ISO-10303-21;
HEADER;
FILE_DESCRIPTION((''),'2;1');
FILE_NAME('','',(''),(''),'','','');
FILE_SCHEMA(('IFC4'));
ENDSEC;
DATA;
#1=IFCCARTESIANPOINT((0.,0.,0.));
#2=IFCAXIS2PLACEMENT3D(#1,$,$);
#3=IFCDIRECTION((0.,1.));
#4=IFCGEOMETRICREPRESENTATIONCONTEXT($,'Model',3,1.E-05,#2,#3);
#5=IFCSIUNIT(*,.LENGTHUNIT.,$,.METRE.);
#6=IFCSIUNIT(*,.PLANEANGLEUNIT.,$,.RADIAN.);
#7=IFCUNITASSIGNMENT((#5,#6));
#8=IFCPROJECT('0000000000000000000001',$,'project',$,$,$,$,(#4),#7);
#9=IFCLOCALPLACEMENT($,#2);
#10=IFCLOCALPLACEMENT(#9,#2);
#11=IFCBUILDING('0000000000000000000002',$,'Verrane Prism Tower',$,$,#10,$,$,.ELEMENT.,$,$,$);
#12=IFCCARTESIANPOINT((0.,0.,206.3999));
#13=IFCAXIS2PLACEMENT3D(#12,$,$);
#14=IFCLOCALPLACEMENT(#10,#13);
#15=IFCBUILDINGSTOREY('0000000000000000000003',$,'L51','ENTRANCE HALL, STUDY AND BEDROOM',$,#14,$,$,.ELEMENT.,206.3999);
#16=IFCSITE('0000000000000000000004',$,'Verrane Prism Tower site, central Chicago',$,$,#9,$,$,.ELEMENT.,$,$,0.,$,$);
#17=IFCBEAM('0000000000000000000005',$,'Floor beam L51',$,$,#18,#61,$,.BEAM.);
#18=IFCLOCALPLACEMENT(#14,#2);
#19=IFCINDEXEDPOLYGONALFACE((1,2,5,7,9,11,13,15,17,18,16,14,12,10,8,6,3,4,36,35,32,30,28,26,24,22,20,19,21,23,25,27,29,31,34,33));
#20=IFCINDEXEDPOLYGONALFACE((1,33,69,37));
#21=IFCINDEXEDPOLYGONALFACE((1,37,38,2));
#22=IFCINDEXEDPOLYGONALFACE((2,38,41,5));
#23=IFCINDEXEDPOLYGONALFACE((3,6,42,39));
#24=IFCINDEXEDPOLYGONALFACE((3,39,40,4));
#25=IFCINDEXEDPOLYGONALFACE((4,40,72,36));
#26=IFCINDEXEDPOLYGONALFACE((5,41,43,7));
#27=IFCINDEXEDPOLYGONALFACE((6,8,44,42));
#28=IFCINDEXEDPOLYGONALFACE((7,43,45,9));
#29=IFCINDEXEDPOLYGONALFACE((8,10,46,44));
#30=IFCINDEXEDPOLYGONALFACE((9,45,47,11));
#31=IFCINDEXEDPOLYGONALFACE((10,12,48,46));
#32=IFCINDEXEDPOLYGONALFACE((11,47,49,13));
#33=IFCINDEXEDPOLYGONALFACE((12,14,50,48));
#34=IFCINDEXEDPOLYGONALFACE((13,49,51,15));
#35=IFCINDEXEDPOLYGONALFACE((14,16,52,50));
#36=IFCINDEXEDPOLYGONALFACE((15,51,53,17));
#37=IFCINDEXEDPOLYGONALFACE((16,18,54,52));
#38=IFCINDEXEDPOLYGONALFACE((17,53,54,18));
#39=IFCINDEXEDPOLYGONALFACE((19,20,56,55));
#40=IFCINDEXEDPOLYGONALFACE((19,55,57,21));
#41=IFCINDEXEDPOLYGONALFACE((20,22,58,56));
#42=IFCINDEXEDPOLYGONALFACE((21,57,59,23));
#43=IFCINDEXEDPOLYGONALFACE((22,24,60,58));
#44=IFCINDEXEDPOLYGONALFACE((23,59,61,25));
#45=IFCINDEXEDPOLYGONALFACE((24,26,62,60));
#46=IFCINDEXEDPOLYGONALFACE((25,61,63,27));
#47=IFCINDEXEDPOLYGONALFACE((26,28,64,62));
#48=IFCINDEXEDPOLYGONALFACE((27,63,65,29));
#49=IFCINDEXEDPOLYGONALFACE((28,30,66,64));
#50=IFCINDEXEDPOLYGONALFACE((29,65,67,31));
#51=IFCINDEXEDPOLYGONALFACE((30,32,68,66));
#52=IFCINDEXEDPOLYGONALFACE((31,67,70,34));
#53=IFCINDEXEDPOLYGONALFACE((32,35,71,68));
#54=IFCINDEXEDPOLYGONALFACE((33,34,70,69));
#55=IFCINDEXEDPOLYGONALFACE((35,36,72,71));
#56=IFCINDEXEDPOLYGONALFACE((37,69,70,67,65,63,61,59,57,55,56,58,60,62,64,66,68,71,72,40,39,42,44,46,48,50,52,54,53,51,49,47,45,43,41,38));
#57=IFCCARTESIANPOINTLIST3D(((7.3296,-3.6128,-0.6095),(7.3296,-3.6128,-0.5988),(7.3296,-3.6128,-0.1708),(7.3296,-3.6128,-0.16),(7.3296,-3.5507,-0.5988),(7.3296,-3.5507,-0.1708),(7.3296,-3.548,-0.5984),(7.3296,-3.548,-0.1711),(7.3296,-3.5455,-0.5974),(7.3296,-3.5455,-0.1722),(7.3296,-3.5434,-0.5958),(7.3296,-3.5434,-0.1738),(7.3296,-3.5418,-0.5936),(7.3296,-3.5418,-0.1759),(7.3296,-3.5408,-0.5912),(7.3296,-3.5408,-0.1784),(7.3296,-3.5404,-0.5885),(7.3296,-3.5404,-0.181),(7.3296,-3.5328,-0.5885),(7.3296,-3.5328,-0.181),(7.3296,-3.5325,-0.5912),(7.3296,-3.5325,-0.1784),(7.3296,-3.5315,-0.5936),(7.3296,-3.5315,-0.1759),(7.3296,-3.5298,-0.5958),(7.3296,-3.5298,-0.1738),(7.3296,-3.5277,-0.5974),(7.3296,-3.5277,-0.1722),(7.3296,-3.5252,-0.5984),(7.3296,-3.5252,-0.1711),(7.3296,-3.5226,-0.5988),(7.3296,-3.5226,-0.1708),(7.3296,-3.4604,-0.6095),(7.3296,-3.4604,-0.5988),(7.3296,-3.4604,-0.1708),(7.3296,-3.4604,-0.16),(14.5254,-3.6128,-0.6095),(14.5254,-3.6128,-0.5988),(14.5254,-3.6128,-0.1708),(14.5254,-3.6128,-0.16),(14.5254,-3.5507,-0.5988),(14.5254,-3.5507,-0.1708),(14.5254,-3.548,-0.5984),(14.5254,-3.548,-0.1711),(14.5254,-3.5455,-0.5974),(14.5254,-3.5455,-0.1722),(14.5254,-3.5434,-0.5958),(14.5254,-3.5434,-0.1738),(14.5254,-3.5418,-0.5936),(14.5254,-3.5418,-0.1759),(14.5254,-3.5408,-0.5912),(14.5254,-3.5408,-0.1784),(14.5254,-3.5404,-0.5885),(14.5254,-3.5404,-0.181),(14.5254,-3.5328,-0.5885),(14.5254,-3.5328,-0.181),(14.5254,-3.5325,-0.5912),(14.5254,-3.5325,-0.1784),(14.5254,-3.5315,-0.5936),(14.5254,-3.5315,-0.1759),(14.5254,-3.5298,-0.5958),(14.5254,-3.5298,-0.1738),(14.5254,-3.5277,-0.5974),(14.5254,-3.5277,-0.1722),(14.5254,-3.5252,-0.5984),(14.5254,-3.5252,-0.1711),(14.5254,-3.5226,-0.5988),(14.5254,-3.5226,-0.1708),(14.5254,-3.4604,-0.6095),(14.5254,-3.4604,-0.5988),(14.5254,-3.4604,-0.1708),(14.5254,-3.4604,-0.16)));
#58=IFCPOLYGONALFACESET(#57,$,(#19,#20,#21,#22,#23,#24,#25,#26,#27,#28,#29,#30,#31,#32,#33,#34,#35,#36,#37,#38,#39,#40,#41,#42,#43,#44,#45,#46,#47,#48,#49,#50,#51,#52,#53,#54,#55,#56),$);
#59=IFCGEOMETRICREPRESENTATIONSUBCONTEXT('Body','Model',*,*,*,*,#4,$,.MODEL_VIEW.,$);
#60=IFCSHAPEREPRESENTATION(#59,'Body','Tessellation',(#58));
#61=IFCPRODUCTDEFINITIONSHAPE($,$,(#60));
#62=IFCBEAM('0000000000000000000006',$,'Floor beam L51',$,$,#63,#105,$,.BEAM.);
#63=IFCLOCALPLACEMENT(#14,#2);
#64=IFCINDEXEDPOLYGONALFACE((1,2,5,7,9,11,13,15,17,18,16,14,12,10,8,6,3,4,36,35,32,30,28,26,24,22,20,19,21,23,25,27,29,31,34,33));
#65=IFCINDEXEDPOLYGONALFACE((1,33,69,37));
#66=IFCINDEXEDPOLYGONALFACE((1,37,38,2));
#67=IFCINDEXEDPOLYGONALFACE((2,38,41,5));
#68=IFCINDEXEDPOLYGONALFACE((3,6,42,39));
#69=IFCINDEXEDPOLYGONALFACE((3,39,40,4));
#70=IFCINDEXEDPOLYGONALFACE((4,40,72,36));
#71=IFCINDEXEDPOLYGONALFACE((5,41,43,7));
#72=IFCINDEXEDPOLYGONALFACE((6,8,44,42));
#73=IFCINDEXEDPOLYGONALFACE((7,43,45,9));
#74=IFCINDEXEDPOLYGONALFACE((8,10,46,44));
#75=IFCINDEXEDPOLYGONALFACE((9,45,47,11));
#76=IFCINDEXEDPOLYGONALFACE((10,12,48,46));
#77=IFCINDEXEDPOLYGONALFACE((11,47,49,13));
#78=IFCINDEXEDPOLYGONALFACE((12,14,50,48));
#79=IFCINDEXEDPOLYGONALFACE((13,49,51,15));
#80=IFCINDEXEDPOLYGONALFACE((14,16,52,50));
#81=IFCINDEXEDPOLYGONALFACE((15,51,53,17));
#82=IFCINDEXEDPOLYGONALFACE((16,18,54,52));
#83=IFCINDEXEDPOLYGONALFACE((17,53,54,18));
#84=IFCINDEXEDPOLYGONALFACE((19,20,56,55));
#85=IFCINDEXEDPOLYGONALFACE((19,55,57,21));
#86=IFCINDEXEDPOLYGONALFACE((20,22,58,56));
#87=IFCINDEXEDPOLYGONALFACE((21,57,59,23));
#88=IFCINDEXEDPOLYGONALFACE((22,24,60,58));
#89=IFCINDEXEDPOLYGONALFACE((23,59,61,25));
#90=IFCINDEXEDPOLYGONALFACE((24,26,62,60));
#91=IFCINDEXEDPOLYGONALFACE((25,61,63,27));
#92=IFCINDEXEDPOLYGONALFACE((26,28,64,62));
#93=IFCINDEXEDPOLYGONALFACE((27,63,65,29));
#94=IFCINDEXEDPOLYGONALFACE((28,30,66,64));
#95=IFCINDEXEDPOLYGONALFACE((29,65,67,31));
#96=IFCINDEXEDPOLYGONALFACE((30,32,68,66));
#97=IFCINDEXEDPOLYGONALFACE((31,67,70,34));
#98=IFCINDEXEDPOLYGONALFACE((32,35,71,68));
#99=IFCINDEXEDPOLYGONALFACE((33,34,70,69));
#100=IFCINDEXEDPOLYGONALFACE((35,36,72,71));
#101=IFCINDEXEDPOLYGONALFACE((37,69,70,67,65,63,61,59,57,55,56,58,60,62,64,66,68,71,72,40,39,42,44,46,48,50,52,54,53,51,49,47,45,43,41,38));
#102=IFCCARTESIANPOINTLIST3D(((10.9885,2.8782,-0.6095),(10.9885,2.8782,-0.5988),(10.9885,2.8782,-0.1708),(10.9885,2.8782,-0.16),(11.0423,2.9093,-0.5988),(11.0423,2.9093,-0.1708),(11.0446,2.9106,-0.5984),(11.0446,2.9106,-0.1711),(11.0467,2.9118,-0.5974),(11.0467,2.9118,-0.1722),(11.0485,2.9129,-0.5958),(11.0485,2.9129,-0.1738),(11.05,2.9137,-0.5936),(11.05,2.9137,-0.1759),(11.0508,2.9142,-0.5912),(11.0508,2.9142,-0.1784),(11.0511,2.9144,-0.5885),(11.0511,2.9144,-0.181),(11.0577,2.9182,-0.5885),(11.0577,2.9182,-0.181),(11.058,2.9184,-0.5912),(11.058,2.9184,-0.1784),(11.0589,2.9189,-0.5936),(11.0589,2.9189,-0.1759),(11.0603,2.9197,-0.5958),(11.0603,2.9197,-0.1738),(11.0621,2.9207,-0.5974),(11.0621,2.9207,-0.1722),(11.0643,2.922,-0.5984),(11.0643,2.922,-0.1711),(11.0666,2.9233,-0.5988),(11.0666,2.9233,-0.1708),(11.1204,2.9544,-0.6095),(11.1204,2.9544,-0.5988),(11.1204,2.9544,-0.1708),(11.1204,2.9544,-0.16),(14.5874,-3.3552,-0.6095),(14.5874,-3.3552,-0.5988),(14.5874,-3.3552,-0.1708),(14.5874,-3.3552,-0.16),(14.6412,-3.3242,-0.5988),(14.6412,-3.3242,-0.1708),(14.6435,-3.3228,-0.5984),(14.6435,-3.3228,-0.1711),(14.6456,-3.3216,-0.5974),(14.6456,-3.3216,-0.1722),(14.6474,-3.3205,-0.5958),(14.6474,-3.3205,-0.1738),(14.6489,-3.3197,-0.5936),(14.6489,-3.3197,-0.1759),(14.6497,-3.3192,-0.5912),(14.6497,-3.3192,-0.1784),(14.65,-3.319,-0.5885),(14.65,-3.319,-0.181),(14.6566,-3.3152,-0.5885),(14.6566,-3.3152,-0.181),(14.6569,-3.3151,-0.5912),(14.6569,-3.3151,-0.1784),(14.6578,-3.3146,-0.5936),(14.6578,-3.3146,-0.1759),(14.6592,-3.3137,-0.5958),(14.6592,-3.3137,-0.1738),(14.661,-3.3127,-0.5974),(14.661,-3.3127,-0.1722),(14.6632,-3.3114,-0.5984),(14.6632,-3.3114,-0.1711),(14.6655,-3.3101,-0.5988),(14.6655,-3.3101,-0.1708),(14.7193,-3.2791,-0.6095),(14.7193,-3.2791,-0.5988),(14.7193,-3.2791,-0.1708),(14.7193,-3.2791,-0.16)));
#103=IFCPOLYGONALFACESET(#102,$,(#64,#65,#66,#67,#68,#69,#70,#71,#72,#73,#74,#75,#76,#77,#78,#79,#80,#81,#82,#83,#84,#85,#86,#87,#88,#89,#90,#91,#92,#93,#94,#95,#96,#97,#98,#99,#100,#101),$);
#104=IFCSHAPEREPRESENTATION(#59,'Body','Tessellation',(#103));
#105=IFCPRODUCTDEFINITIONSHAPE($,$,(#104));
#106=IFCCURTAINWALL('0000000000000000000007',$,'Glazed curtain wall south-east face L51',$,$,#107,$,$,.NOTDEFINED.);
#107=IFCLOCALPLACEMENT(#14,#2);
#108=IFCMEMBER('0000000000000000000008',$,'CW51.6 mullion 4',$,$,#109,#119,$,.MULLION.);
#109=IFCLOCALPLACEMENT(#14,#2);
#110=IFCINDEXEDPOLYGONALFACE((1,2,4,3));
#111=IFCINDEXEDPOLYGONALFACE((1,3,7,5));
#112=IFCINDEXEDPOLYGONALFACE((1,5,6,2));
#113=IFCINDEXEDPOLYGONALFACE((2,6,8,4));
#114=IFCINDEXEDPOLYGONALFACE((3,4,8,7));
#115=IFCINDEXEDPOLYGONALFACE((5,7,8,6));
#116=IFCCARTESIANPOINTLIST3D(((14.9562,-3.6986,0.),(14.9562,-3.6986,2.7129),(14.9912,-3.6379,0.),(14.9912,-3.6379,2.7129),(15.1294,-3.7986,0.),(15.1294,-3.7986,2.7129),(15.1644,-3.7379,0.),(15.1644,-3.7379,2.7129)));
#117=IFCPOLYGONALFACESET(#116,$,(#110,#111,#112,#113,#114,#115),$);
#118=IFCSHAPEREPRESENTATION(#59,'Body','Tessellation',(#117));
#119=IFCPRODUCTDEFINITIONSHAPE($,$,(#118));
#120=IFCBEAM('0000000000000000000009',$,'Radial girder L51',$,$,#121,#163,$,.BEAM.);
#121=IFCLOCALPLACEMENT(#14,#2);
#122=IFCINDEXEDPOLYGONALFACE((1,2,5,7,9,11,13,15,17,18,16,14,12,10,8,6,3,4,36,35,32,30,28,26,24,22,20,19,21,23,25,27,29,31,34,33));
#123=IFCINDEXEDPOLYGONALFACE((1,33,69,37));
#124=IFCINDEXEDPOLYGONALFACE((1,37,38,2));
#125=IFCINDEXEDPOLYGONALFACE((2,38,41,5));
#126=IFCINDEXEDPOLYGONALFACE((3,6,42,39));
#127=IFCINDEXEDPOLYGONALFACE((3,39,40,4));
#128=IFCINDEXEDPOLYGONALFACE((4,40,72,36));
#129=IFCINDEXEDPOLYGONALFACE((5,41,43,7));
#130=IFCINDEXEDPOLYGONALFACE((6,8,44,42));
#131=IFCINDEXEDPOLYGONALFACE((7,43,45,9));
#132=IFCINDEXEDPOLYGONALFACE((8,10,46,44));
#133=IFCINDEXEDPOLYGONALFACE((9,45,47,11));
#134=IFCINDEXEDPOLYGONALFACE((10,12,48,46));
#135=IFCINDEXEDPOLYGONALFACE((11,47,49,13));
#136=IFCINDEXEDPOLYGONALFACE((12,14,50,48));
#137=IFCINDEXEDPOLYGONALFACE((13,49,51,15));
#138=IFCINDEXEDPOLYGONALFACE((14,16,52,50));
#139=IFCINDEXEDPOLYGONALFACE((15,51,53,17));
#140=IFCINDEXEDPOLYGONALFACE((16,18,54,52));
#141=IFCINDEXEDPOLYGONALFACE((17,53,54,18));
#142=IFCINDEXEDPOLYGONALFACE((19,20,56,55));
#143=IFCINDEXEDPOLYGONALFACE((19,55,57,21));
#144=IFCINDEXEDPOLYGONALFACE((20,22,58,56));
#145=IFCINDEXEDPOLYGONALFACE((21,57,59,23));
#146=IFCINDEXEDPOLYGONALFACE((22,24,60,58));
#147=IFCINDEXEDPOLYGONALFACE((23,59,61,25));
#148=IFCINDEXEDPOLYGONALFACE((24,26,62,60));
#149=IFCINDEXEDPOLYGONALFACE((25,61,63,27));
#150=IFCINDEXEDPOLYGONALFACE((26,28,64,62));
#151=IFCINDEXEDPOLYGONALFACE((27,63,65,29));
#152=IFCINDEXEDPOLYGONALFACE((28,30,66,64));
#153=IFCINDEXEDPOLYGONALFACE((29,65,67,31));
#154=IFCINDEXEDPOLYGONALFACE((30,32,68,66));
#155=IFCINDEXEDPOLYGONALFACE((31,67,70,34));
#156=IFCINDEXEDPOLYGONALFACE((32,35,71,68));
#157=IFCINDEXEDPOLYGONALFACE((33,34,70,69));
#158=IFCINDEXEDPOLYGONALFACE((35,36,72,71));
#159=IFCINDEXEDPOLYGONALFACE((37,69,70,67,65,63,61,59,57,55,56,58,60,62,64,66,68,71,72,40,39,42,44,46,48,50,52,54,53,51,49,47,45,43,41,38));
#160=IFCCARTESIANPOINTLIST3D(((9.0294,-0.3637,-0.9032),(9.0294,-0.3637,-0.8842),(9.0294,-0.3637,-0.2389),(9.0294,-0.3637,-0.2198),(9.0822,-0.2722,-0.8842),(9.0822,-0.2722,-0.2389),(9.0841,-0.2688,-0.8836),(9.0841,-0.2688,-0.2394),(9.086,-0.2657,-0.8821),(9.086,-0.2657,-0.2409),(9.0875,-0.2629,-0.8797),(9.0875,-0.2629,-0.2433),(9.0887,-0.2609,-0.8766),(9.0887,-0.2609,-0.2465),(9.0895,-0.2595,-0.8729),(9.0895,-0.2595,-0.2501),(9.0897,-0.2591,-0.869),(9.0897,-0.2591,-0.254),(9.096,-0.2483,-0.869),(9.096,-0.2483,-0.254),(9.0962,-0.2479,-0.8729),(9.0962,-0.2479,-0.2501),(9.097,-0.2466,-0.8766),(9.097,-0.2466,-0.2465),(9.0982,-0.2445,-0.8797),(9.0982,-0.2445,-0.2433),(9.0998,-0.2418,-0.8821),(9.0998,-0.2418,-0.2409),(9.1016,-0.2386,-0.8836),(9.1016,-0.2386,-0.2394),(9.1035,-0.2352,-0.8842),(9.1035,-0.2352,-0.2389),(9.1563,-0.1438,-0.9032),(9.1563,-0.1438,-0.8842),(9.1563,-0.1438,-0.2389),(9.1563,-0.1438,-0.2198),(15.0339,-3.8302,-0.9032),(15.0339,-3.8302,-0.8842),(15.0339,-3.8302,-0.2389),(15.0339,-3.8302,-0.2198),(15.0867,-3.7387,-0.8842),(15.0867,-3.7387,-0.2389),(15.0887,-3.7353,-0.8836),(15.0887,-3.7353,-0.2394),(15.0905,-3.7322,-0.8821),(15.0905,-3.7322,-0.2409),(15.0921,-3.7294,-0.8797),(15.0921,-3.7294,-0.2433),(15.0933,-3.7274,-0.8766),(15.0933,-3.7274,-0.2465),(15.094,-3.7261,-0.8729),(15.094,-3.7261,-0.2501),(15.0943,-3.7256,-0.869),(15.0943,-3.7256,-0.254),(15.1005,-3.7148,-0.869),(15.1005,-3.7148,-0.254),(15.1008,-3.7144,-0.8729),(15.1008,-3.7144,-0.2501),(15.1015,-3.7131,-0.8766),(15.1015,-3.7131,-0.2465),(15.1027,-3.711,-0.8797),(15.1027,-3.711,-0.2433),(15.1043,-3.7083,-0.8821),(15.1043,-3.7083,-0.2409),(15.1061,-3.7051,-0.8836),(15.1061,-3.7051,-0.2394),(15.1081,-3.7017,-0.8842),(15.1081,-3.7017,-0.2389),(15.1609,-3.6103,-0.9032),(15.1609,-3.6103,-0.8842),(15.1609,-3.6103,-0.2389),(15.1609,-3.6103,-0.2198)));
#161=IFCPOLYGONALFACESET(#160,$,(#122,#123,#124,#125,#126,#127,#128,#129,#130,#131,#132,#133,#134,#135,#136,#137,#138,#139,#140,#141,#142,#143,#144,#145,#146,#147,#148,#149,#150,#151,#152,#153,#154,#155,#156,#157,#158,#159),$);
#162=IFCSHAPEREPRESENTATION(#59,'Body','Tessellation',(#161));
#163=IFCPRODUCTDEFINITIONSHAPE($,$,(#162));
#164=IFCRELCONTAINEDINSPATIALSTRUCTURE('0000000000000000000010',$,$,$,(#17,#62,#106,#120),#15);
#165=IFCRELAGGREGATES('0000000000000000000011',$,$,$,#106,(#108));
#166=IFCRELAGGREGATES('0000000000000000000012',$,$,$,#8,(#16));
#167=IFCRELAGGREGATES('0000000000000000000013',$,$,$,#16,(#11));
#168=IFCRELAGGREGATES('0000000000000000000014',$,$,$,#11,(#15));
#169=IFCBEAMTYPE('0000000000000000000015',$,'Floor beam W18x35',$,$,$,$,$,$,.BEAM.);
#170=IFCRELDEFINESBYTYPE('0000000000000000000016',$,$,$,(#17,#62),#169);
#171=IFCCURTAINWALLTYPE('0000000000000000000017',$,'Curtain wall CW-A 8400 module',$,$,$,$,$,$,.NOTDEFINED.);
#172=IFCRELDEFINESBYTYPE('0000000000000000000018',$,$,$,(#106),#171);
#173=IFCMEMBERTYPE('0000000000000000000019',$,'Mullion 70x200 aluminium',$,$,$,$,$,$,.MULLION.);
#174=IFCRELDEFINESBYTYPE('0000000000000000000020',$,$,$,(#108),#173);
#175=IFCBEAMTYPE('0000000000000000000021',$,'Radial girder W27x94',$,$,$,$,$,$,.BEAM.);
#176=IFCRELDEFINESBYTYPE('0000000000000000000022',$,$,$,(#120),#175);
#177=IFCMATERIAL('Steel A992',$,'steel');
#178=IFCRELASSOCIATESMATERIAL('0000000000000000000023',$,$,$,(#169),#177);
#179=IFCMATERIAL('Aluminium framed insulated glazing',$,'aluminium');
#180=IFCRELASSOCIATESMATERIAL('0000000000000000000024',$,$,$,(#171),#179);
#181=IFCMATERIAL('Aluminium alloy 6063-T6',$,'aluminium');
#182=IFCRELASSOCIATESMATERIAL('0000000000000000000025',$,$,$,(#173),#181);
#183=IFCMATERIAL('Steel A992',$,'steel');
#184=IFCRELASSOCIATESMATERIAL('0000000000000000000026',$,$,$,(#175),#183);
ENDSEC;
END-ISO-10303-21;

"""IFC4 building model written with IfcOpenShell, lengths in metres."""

from ifc_helpers import new_model, si_unit, direction, frame, origin, origin_2d, place, context, subcontext, project, spatial, rectangle, i_section, extrude, material, material_profile, profile_set, type_object, element, aggregate, save


model = new_model("IFC4")

# Units and contexts
model_context = context("Model", 3, precision=1e-05, world=origin(), true_north=direction((0.0, 1.0)))
body_context = subcontext(model_context, "Body", "Model", "MODEL_VIEW")
ifc_project = project(units=[si_unit("LENGTHUNIT", "METRE"), si_unit("PLANEANGLEUNIT", "RADIAN")], contexts=[model_context])

# Site, building, storey
site_placement = place(None, origin())
site = spatial("IfcSite", under=ifc_project, at=site_placement, Name="Verrane Prism Tower site, central Chicago", CompositionType="ELEMENT", RefElevation=0.0)
building_placement = place(site_placement, origin())
building = spatial("IfcBuilding", under=site, at=building_placement, Name="Verrane Prism Tower", CompositionType="ELEMENT")
storey_placement = place(building_placement, frame((0.0, 0.0, 206.3999)))
storey = spatial("IfcBuildingStorey", under=building, at=storey_placement, Name="L51", Description="ENTRANCE HALL, STUDY AND BEDROOM", CompositionType="ELEMENT", Elevation=206.3999)

# Beams
ifc_material_1 = material(Name="Steel A992", Category="steel")
ifc_material_profile_1 = material_profile(ifc_material_1, i_section(OverallWidth=0.1523, OverallDepth=0.4495, WebThickness=0.0076, FlangeThickness=0.0107, FilletRadius=0.0103, at=origin_2d()), Name="W18x35")
ifc_profile_set_1 = profile_set([ifc_material_profile_1], Name="Steel A992")
beam_type_1 = type_object("IfcBeamType", Name="Floor beam W18x35", PredefinedType="BEAM", material=ifc_profile_set_1)
beam_1_placement = place(storey_placement, frame((7.3296, -3.5366, -0.3848), z_axis=(1.0, 0.0, 0.0), x_axis=(0.0, 1.0, 0.0)))
element("IfcBeam", 1, at=beam_1_placement, inside=storey, type_object=beam_type_1, Name="Floor beam L51", PredefinedType="BEAM", context=body_context, shape_type="SweptSolid", body=[
    extrude(i_section(OverallWidth=0.1523, OverallDepth=0.4495, WebThickness=0.0076, FlangeThickness=0.0107, FilletRadius=0.0103, at=origin_2d()), origin(), (0.0, 0.0, 1.0), 7.1958),
])
beam_2_placement = place(storey_placement, frame((14.6533, -3.3171, -0.3848), z_axis=(-0.500002, 0.866024, 0.0), x_axis=(-0.866024, -0.500002, 0.0)))
element("IfcBeam", 2, at=beam_2_placement, inside=storey, type_object=beam_type_1, Name="Floor beam L51", PredefinedType="BEAM", context=body_context, shape_type="SweptSolid", body=[
    extrude(i_section(OverallWidth=0.1523, OverallDepth=0.4495, WebThickness=0.0076, FlangeThickness=0.0107, FilletRadius=0.0103, at=origin_2d()), origin(), (0.0, 0.0, 1.0), 7.1978),
])

# Curtain wall, member
ifc_material_2 = material(Name="Aluminium framed insulated glazing", Category="aluminium")
curtain_wall_type = type_object("IfcCurtainWallType", Name="Curtain wall CW-A 8400 module", PredefinedType="NOTDEFINED", material=ifc_material_2)
curtain_wall_placement = place(storey_placement, origin())
curtain_wall = element("IfcCurtainWall", 3, at=curtain_wall_placement, inside=storey, type_object=curtain_wall_type, Name="Glazed curtain wall south-east face L51", PredefinedType="NOTDEFINED")
ifc_material_3 = material(Name="Aluminium alloy 6063-T6", Category="aluminium")
ifc_material_profile_2 = material_profile(ifc_material_3, rectangle(XDim=0.2, YDim=0.0701, at=origin_2d()), Name="Mullion 70x200 aluminium")
ifc_profile_set_2 = profile_set([ifc_material_profile_2], Name="Aluminium alloy 6063-T6")
member_type_1 = type_object("IfcMemberType", Name="Mullion 70x200 aluminium", PredefinedType="MULLION", material=ifc_profile_set_2)
member_1_placement = place(storey_placement, frame((15.0603, -3.7183, 0.0), z_axis=(0.0, 0.0, 1.0), x_axis=(-0.866026, 0.499999, 0.0)))
member_1 = element("IfcMember", 4, at=member_1_placement, type_object=member_type_1, Name="CW51.6 mullion 4", PredefinedType="MULLION", context=body_context, shape_type="SweptSolid", body=[
    extrude(rectangle(XDim=0.2, YDim=0.0701, at=origin_2d()), origin(), (0.0, 0.0, 1.0), 2.7129),
])

# Beam
ifc_material_4 = material(Name="Steel A992", Category="steel")
ifc_material_profile_3 = material_profile(ifc_material_4, i_section(OverallWidth=0.2539, OverallDepth=0.6833, WebThickness=0.0125, FlangeThickness=0.019, FilletRadius=0.0151, at=origin_2d()), Name="W27x94")
ifc_profile_set_3 = profile_set([ifc_material_profile_3], Name="Steel A992")
beam_type_2 = type_object("IfcBeamType", Name="Radial girder W27x94", PredefinedType="BEAM", material=ifc_profile_set_3)
beam_3_placement = place(storey_placement, frame((15.0974, -3.7202, -0.5615), z_axis=(-0.86604, 0.499975, 0.0), x_axis=(-0.499975, -0.86604, 0.0)))
element("IfcBeam", 5, at=beam_3_placement, inside=storey, type_object=beam_type_2, Name="Radial girder L51", PredefinedType="BEAM", context=body_context, shape_type="SweptSolid", body=[
    extrude(i_section(OverallWidth=0.2539, OverallDepth=0.6833, WebThickness=0.0125, FlangeThickness=0.019, FilletRadius=0.0151, at=origin_2d()), origin(), (0.0, 0.0, 1.0), 6.9333),
])

aggregate(curtain_wall, [member_1])

save(model, "model.ifc")
